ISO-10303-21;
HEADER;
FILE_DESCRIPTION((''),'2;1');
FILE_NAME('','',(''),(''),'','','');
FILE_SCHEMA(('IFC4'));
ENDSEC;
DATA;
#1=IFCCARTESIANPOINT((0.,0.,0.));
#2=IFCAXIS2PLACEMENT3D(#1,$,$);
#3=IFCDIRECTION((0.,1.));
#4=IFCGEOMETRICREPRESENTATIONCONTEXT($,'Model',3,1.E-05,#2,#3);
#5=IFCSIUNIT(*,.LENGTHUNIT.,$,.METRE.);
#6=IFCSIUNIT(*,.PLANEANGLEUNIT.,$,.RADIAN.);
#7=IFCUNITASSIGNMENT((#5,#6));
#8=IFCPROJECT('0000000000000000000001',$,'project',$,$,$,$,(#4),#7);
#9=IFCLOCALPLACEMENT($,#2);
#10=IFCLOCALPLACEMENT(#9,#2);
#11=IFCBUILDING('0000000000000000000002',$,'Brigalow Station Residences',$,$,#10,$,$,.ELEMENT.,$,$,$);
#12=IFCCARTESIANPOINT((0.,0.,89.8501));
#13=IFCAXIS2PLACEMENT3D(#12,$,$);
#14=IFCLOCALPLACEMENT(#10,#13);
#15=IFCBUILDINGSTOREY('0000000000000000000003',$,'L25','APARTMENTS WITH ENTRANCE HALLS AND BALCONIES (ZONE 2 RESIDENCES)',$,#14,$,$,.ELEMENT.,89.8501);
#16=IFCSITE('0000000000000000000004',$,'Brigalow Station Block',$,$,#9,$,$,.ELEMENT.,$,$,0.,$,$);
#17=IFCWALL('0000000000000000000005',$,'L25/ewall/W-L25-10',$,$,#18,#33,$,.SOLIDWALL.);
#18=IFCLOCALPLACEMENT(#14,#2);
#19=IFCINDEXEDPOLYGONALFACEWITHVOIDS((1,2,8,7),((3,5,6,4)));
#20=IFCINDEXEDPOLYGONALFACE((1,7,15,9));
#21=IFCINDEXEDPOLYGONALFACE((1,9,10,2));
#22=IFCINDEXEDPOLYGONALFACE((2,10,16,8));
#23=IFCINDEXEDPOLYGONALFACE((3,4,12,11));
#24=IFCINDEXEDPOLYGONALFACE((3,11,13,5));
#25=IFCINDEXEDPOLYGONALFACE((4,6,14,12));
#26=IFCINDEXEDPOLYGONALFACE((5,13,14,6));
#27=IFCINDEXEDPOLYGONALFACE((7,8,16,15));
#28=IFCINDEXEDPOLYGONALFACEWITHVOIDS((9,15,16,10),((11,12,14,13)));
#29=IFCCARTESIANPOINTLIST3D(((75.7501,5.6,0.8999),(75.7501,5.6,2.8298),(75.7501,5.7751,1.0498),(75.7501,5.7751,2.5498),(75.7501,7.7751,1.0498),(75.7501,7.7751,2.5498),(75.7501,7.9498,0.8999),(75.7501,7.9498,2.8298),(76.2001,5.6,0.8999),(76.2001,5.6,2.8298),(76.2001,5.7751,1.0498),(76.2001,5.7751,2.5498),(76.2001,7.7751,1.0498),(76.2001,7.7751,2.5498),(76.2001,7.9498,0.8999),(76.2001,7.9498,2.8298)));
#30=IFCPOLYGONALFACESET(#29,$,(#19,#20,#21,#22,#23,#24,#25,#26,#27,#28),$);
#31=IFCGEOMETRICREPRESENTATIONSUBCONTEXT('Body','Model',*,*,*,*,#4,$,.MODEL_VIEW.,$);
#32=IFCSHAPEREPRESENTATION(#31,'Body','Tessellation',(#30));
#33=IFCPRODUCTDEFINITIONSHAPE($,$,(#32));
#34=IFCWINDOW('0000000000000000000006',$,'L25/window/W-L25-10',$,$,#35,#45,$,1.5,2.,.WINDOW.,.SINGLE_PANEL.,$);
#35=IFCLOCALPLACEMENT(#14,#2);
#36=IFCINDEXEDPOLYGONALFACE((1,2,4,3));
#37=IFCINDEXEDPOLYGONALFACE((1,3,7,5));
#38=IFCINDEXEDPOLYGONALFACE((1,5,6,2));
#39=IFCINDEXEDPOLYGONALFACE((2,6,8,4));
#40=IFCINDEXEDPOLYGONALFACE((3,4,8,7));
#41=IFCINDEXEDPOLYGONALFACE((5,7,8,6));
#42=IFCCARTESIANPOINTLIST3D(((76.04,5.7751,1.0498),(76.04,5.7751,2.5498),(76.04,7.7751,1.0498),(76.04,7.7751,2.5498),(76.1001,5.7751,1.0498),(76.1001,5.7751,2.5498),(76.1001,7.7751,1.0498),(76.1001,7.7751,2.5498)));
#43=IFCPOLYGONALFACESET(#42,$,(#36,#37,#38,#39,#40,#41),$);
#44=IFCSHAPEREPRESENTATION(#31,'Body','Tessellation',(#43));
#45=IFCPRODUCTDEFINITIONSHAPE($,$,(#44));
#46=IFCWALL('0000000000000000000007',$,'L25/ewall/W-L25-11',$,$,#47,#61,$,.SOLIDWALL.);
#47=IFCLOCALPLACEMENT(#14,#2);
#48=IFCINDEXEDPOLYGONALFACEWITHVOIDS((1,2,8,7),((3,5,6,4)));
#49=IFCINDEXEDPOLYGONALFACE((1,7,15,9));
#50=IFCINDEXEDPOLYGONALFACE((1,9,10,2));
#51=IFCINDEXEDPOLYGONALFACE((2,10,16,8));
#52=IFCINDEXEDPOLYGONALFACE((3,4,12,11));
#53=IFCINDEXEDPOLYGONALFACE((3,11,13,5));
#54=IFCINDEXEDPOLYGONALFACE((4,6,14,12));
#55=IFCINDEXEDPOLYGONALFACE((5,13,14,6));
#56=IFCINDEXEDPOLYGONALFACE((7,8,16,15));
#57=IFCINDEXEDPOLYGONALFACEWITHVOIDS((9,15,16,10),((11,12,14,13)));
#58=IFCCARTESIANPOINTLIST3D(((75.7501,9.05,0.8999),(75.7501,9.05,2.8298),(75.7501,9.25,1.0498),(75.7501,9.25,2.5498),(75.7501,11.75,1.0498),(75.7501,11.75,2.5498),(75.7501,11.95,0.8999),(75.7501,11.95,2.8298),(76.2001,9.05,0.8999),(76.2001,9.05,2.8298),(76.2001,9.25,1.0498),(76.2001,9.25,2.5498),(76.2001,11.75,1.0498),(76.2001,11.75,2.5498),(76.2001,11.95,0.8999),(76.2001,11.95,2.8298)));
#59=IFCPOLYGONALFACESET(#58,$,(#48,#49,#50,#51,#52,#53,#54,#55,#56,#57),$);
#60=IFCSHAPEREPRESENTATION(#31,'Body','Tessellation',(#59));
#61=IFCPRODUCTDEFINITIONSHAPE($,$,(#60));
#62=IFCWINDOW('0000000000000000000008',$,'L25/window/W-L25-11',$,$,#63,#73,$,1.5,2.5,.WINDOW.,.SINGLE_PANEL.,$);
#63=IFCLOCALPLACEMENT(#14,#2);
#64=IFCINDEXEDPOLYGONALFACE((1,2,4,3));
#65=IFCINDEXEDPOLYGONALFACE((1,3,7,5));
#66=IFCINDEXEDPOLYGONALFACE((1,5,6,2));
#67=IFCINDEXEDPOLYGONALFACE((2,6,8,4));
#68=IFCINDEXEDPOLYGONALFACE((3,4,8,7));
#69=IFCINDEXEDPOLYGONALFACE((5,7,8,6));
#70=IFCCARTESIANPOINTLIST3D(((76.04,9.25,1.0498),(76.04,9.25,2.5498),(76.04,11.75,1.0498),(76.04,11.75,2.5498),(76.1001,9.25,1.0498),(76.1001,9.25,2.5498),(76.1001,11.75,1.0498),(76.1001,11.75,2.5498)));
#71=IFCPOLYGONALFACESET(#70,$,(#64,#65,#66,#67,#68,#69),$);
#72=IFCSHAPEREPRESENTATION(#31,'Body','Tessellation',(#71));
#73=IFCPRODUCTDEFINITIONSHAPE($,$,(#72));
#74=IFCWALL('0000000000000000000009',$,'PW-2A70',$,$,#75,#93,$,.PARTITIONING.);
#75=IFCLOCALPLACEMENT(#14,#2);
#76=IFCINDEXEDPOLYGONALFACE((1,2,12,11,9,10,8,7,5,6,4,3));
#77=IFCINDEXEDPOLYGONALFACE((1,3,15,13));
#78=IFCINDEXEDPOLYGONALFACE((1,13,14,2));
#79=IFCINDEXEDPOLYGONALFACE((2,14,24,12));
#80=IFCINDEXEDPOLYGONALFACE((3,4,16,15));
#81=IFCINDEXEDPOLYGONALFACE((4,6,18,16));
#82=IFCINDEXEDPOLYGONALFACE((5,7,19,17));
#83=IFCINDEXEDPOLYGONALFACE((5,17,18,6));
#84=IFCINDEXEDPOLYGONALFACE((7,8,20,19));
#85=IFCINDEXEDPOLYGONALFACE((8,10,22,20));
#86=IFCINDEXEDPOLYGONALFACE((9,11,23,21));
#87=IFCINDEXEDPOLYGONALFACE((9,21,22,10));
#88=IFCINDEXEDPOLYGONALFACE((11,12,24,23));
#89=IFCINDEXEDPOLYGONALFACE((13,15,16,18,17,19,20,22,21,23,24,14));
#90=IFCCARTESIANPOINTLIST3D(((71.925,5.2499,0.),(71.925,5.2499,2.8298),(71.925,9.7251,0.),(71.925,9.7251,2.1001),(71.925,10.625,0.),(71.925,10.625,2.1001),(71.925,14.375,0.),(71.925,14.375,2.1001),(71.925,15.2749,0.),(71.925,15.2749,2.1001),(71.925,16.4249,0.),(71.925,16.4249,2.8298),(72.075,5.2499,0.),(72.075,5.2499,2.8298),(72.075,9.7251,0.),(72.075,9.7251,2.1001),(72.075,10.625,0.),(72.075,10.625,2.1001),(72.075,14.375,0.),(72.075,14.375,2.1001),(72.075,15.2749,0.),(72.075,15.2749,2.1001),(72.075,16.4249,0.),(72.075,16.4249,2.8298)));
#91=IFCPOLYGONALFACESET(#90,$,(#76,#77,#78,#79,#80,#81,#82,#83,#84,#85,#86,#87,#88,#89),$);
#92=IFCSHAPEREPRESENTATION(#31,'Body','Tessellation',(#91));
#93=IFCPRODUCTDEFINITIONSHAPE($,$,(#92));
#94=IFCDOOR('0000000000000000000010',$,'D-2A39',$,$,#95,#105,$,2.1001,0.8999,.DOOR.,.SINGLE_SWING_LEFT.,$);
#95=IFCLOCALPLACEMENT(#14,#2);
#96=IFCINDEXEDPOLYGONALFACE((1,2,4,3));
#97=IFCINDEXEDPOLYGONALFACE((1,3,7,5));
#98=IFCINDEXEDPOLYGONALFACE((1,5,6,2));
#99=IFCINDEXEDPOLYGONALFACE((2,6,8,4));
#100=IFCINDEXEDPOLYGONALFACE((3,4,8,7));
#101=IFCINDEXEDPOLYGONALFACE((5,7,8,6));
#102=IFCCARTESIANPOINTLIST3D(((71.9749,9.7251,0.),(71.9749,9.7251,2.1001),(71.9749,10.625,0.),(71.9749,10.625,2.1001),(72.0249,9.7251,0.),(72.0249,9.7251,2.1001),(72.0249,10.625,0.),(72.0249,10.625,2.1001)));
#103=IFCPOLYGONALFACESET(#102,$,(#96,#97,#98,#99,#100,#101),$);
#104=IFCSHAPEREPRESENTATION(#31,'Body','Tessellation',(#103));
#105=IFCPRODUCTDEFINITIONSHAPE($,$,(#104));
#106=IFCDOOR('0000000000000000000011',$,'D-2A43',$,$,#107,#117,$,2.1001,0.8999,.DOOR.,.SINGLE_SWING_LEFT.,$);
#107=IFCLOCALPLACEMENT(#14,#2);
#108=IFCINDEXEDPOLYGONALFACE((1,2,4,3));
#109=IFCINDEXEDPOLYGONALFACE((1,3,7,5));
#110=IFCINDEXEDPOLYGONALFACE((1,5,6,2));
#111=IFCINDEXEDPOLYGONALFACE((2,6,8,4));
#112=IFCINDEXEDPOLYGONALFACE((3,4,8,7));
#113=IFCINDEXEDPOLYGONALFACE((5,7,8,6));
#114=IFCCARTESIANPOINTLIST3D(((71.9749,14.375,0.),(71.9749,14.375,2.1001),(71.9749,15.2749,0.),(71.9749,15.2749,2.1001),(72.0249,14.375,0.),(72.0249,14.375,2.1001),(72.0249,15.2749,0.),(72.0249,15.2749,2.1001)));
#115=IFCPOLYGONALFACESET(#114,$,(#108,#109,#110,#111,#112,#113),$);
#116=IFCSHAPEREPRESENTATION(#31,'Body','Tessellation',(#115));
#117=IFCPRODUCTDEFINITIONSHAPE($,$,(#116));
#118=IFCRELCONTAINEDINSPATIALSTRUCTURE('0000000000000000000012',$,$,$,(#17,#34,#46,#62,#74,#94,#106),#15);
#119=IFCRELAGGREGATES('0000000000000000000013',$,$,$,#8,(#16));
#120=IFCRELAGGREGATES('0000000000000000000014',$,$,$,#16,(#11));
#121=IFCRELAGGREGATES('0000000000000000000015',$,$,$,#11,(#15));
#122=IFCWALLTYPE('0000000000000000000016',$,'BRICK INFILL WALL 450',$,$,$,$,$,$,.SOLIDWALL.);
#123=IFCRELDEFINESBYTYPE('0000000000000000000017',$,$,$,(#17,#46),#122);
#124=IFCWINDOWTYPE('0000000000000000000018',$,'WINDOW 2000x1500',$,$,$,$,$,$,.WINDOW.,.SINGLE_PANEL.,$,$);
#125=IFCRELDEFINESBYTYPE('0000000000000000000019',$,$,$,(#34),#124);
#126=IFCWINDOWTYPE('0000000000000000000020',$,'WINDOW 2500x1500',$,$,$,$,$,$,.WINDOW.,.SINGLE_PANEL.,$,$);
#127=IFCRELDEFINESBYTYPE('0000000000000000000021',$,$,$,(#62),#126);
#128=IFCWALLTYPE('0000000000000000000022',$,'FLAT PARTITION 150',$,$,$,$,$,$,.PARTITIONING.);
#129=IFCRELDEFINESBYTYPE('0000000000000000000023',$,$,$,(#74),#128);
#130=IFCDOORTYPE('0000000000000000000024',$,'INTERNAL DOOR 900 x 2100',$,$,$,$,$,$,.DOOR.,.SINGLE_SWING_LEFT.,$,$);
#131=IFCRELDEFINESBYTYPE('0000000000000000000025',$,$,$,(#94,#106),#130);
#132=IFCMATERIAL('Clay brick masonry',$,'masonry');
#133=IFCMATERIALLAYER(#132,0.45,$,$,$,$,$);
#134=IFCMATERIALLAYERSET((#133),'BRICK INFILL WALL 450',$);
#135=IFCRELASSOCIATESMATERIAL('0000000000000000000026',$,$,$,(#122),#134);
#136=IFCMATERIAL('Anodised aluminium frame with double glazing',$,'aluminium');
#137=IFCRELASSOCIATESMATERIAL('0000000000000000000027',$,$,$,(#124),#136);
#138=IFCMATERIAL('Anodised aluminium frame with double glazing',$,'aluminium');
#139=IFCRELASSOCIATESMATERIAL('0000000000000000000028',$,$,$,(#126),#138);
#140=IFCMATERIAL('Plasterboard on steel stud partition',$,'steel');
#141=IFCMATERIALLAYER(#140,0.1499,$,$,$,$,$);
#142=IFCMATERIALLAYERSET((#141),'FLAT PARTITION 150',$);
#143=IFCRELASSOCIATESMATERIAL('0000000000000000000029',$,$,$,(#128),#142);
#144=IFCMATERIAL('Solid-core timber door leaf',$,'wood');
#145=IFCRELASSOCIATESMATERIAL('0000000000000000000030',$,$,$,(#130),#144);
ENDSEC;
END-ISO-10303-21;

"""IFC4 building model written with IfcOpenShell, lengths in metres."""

from ifc_helpers import new_model, si_unit, direction, frame, frame_2d, origin, place, context, subcontext, project, spatial, rectangle, extrude, material, layer, layer_set, type_object, element, fill, save


model = new_model("IFC4")

# Units and contexts
model_context = context("Model", 3, precision=1e-05, world=origin(), true_north=direction((0.0, 1.0)))
body_context = subcontext(model_context, "Body", "Model", "MODEL_VIEW")
ifc_project = project(units=[si_unit("LENGTHUNIT", "METRE"), si_unit("PLANEANGLEUNIT", "RADIAN")], contexts=[model_context])

# Site, building, storey
site_placement = place(None, origin())
site = spatial("IfcSite", under=ifc_project, at=site_placement, Name="Brigalow Station Block", CompositionType="ELEMENT", RefElevation=0.0)
building_placement = place(site_placement, origin())
building = spatial("IfcBuilding", under=site, at=building_placement, Name="Brigalow Station Residences", CompositionType="ELEMENT")
storey_placement = place(building_placement, frame((0.0, 0.0, 89.8501)))
storey = spatial("IfcBuildingStorey", under=building, at=storey_placement, Name="L25", Description="APARTMENTS WITH ENTRANCE HALLS AND BALCONIES (ZONE 2 RESIDENCES)", CompositionType="ELEMENT", Elevation=89.8501)

# Walls, openings, windows
ifc_material_1 = material(Name="Clay brick masonry", Category="masonry")
ifc_layer_1 = layer(ifc_material_1, 0.45)
ifc_layer_set_1 = layer_set([ifc_layer_1], Name="BRICK INFILL WALL 450")
wall_type_1 = type_object("IfcWallType", Name="BRICK INFILL WALL 450", PredefinedType="SOLIDWALL", material=ifc_layer_set_1)
wall_1_placement = place(storey_placement, frame((75.9751, 5.6001, 0.8999), z_axis=(0.0, 0.0, 1.0), x_axis=(0.0, 1.0, 0.0)))
wall_1 = element("IfcWall", 1, at=wall_1_placement, inside=storey, type_object=wall_type_1, Name="L25/ewall/W-L25-10", PredefinedType="SOLIDWALL", context=body_context, shape_type="SweptSolid", body=[
    extrude(rectangle(XDim=2.3499, YDim=0.45, at=frame_2d((1.1748, 0.0))), origin(), (0.0, 0.0, 1.0), 1.9299),
])
opening_1_placement = place(wall_1_placement, frame((0.175, 0.0, 0.1499)))
opening_1 = element("IfcOpeningElement", 2, at=opening_1_placement, cuts=wall_1, PredefinedType="OPENING", context=body_context, shape_type="SweptSolid", body=[
    extrude(rectangle(XDim=2.0, YDim=1.5, at=frame_2d((1.0, 0.75))), frame((0.0, 0.2349, 0.0), z_axis=(0.0, -1.0, 0.0), x_axis=(1.0, 0.0, 0.0)), (0.0, 0.0, 1.0), 0.47),
])
ifc_material_2 = material(Name="Anodised aluminium frame with double glazing", Category="aluminium")
window_type_1 = type_object("IfcWindowType", Name="WINDOW 2000x1500", PartitioningType="SINGLE_PANEL", PredefinedType="WINDOW", material=ifc_material_2)
window_1_placement = place(opening_1_placement, origin())
window_1 = element("IfcWindow", 3, at=window_1_placement, inside=storey, type_object=window_type_1, Name="L25/window/W-L25-10", OverallHeight=1.5, OverallWidth=2.0, PartitioningType="SINGLE_PANEL", PredefinedType="WINDOW", context=body_context, shape_type="SweptSolid", body=[
    extrude(rectangle(XDim=2.0, YDim=1.5, at=frame_2d((1.0, 0.75))), frame((0.0, -0.0649, 0.0), z_axis=(0.0, -1.0, 0.0), x_axis=(1.0, 0.0, 0.0)), (0.0, 0.0, 1.0), 0.0601),
])
fill(opening_1, window_1)
wall_2_placement = place(storey_placement, frame((75.9751, 9.05, 0.8999), z_axis=(0.0, 0.0, 1.0), x_axis=(0.0, 1.0, 0.0)))
wall_2 = element("IfcWall", 4, at=wall_2_placement, inside=storey, type_object=wall_type_1, Name="L25/ewall/W-L25-11", PredefinedType="SOLIDWALL", context=body_context, shape_type="SweptSolid", body=[
    extrude(rectangle(XDim=2.8999, YDim=0.45, at=frame_2d((1.45, 0.0))), origin(), (0.0, 0.0, 1.0), 1.9299),
])
opening_2_placement = place(wall_2_placement, frame((0.2, 0.0, 0.1499)))
opening_2 = element("IfcOpeningElement", 5, at=opening_2_placement, cuts=wall_2, PredefinedType="OPENING", context=body_context, shape_type="SweptSolid", body=[
    extrude(rectangle(XDim=2.5, YDim=1.5, at=frame_2d((1.25, 0.75))), frame((0.0, 0.2349, 0.0), z_axis=(0.0, -1.0, 0.0), x_axis=(1.0, 0.0, 0.0)), (0.0, 0.0, 1.0), 0.47),
])
ifc_material_3 = material(Name="Anodised aluminium frame with double glazing", Category="aluminium")
window_type_2 = type_object("IfcWindowType", Name="WINDOW 2500x1500", PartitioningType="SINGLE_PANEL", PredefinedType="WINDOW", material=ifc_material_3)
window_2_placement = place(opening_2_placement, origin())
window_2 = element("IfcWindow", 6, at=window_2_placement, inside=storey, type_object=window_type_2, Name="L25/window/W-L25-11", OverallHeight=1.5, OverallWidth=2.5, PartitioningType="SINGLE_PANEL", PredefinedType="WINDOW", context=body_context, shape_type="SweptSolid", body=[
    extrude(rectangle(XDim=2.5, YDim=1.5, at=frame_2d((1.25, 0.75))), frame((0.0, -0.0649, 0.0), z_axis=(0.0, -1.0, 0.0), x_axis=(1.0, 0.0, 0.0)), (0.0, 0.0, 1.0), 0.0601),
])
fill(opening_2, window_2)

# Wall, openings, doors
ifc_material_4 = material(Name="Plasterboard on steel stud partition", Category="steel")
ifc_layer_2 = layer(ifc_material_4, 0.1499)
ifc_layer_set_2 = layer_set([ifc_layer_2], Name="FLAT PARTITION 150")
wall_type_2 = type_object("IfcWallType", Name="FLAT PARTITION 150", PredefinedType="PARTITIONING", material=ifc_layer_set_2)
wall_3_placement = place(storey_placement, frame((72.0, 5.25, 0.0), z_axis=(0.0, 0.0, 1.0), x_axis=(0.0, 1.0, 0.0)))
wall_3 = element("IfcWall", 7, at=wall_3_placement, inside=storey, type_object=wall_type_2, Name="PW-2A70", PredefinedType="PARTITIONING", context=body_context, shape_type="SweptSolid", body=[
    extrude(rectangle(XDim=11.175, YDim=0.1499, at=frame_2d((5.5874, 0.0))), origin(), (0.0, 0.0, 1.0), 2.8298),
])
opening_3_placement = place(wall_3_placement, frame((4.4751, 0.0, 0.0)))
opening_3 = element("IfcOpeningElement", 8, at=opening_3_placement, cuts=wall_3, PredefinedType="OPENING", context=body_context, shape_type="SweptSolid", body=[
    extrude(rectangle(XDim=0.8999, YDim=2.1001, at=frame_2d((0.45, 1.05))), frame((0.0, 0.085, 0.0), z_axis=(0.0, -1.0, 0.0), x_axis=(1.0, 0.0, 0.0)), (0.0, 0.0, 1.0), 0.1699),
])
opening_4_placement = place(wall_3_placement, frame((9.125, 0.0, 0.0)))
opening_4 = element("IfcOpeningElement", 9, at=opening_4_placement, cuts=wall_3, PredefinedType="OPENING", context=body_context, shape_type="SweptSolid", body=[
    extrude(rectangle(XDim=0.8999, YDim=2.1001, at=frame_2d((0.45, 1.05))), frame((0.0, 0.085, 0.0), z_axis=(0.0, -1.0, 0.0), x_axis=(1.0, 0.0, 0.0)), (0.0, 0.0, 1.0), 0.1699),
])
ifc_material_5 = material(Name="Solid-core timber door leaf", Category="wood")
door_type = type_object("IfcDoorType", Name="INTERNAL DOOR 900 x 2100", OperationType="SINGLE_SWING_LEFT", PredefinedType="DOOR", material=ifc_material_5)
door_1_placement = place(opening_3_placement, frame((0.8999, 0.0, 0.0), z_axis=(0.0, 0.0, 1.0), x_axis=(-1.0, 0.0, 0.0)))
door_1 = element("IfcDoor", 10, at=door_1_placement, inside=storey, type_object=door_type, Name="D-2A39", OperationType="SINGLE_SWING_LEFT", OverallHeight=2.1001, OverallWidth=0.8999, PredefinedType="DOOR", context=body_context, shape_type="SweptSolid", body=[
    extrude(rectangle(XDim=0.8999, YDim=2.1001, at=frame_2d((0.45, 1.05))), frame((0.0, 0.0249, 0.0), z_axis=(0.0, -1.0, 0.0), x_axis=(1.0, 0.0, 0.0)), (0.0, 0.0, 1.0), 0.05),
])
fill(opening_3, door_1)
door_2_placement = place(opening_4_placement, frame((0.8999, 0.0, 0.0), z_axis=(0.0, 0.0, 1.0), x_axis=(-1.0, 0.0, 0.0)))
door_2 = element("IfcDoor", 11, at=door_2_placement, inside=storey, type_object=door_type, Name="D-2A43", OperationType="SINGLE_SWING_LEFT", OverallHeight=2.1001, OverallWidth=0.8999, PredefinedType="DOOR", context=body_context, shape_type="SweptSolid", body=[
    extrude(rectangle(XDim=0.8999, YDim=2.1001, at=frame_2d((0.45, 1.05))), frame((0.0, 0.0249, 0.0), z_axis=(0.0, -1.0, 0.0), x_axis=(1.0, 0.0, 0.0)), (0.0, 0.0, 1.0), 0.05),
])
fill(opening_4, door_2)

save(model, "model.ifc")
